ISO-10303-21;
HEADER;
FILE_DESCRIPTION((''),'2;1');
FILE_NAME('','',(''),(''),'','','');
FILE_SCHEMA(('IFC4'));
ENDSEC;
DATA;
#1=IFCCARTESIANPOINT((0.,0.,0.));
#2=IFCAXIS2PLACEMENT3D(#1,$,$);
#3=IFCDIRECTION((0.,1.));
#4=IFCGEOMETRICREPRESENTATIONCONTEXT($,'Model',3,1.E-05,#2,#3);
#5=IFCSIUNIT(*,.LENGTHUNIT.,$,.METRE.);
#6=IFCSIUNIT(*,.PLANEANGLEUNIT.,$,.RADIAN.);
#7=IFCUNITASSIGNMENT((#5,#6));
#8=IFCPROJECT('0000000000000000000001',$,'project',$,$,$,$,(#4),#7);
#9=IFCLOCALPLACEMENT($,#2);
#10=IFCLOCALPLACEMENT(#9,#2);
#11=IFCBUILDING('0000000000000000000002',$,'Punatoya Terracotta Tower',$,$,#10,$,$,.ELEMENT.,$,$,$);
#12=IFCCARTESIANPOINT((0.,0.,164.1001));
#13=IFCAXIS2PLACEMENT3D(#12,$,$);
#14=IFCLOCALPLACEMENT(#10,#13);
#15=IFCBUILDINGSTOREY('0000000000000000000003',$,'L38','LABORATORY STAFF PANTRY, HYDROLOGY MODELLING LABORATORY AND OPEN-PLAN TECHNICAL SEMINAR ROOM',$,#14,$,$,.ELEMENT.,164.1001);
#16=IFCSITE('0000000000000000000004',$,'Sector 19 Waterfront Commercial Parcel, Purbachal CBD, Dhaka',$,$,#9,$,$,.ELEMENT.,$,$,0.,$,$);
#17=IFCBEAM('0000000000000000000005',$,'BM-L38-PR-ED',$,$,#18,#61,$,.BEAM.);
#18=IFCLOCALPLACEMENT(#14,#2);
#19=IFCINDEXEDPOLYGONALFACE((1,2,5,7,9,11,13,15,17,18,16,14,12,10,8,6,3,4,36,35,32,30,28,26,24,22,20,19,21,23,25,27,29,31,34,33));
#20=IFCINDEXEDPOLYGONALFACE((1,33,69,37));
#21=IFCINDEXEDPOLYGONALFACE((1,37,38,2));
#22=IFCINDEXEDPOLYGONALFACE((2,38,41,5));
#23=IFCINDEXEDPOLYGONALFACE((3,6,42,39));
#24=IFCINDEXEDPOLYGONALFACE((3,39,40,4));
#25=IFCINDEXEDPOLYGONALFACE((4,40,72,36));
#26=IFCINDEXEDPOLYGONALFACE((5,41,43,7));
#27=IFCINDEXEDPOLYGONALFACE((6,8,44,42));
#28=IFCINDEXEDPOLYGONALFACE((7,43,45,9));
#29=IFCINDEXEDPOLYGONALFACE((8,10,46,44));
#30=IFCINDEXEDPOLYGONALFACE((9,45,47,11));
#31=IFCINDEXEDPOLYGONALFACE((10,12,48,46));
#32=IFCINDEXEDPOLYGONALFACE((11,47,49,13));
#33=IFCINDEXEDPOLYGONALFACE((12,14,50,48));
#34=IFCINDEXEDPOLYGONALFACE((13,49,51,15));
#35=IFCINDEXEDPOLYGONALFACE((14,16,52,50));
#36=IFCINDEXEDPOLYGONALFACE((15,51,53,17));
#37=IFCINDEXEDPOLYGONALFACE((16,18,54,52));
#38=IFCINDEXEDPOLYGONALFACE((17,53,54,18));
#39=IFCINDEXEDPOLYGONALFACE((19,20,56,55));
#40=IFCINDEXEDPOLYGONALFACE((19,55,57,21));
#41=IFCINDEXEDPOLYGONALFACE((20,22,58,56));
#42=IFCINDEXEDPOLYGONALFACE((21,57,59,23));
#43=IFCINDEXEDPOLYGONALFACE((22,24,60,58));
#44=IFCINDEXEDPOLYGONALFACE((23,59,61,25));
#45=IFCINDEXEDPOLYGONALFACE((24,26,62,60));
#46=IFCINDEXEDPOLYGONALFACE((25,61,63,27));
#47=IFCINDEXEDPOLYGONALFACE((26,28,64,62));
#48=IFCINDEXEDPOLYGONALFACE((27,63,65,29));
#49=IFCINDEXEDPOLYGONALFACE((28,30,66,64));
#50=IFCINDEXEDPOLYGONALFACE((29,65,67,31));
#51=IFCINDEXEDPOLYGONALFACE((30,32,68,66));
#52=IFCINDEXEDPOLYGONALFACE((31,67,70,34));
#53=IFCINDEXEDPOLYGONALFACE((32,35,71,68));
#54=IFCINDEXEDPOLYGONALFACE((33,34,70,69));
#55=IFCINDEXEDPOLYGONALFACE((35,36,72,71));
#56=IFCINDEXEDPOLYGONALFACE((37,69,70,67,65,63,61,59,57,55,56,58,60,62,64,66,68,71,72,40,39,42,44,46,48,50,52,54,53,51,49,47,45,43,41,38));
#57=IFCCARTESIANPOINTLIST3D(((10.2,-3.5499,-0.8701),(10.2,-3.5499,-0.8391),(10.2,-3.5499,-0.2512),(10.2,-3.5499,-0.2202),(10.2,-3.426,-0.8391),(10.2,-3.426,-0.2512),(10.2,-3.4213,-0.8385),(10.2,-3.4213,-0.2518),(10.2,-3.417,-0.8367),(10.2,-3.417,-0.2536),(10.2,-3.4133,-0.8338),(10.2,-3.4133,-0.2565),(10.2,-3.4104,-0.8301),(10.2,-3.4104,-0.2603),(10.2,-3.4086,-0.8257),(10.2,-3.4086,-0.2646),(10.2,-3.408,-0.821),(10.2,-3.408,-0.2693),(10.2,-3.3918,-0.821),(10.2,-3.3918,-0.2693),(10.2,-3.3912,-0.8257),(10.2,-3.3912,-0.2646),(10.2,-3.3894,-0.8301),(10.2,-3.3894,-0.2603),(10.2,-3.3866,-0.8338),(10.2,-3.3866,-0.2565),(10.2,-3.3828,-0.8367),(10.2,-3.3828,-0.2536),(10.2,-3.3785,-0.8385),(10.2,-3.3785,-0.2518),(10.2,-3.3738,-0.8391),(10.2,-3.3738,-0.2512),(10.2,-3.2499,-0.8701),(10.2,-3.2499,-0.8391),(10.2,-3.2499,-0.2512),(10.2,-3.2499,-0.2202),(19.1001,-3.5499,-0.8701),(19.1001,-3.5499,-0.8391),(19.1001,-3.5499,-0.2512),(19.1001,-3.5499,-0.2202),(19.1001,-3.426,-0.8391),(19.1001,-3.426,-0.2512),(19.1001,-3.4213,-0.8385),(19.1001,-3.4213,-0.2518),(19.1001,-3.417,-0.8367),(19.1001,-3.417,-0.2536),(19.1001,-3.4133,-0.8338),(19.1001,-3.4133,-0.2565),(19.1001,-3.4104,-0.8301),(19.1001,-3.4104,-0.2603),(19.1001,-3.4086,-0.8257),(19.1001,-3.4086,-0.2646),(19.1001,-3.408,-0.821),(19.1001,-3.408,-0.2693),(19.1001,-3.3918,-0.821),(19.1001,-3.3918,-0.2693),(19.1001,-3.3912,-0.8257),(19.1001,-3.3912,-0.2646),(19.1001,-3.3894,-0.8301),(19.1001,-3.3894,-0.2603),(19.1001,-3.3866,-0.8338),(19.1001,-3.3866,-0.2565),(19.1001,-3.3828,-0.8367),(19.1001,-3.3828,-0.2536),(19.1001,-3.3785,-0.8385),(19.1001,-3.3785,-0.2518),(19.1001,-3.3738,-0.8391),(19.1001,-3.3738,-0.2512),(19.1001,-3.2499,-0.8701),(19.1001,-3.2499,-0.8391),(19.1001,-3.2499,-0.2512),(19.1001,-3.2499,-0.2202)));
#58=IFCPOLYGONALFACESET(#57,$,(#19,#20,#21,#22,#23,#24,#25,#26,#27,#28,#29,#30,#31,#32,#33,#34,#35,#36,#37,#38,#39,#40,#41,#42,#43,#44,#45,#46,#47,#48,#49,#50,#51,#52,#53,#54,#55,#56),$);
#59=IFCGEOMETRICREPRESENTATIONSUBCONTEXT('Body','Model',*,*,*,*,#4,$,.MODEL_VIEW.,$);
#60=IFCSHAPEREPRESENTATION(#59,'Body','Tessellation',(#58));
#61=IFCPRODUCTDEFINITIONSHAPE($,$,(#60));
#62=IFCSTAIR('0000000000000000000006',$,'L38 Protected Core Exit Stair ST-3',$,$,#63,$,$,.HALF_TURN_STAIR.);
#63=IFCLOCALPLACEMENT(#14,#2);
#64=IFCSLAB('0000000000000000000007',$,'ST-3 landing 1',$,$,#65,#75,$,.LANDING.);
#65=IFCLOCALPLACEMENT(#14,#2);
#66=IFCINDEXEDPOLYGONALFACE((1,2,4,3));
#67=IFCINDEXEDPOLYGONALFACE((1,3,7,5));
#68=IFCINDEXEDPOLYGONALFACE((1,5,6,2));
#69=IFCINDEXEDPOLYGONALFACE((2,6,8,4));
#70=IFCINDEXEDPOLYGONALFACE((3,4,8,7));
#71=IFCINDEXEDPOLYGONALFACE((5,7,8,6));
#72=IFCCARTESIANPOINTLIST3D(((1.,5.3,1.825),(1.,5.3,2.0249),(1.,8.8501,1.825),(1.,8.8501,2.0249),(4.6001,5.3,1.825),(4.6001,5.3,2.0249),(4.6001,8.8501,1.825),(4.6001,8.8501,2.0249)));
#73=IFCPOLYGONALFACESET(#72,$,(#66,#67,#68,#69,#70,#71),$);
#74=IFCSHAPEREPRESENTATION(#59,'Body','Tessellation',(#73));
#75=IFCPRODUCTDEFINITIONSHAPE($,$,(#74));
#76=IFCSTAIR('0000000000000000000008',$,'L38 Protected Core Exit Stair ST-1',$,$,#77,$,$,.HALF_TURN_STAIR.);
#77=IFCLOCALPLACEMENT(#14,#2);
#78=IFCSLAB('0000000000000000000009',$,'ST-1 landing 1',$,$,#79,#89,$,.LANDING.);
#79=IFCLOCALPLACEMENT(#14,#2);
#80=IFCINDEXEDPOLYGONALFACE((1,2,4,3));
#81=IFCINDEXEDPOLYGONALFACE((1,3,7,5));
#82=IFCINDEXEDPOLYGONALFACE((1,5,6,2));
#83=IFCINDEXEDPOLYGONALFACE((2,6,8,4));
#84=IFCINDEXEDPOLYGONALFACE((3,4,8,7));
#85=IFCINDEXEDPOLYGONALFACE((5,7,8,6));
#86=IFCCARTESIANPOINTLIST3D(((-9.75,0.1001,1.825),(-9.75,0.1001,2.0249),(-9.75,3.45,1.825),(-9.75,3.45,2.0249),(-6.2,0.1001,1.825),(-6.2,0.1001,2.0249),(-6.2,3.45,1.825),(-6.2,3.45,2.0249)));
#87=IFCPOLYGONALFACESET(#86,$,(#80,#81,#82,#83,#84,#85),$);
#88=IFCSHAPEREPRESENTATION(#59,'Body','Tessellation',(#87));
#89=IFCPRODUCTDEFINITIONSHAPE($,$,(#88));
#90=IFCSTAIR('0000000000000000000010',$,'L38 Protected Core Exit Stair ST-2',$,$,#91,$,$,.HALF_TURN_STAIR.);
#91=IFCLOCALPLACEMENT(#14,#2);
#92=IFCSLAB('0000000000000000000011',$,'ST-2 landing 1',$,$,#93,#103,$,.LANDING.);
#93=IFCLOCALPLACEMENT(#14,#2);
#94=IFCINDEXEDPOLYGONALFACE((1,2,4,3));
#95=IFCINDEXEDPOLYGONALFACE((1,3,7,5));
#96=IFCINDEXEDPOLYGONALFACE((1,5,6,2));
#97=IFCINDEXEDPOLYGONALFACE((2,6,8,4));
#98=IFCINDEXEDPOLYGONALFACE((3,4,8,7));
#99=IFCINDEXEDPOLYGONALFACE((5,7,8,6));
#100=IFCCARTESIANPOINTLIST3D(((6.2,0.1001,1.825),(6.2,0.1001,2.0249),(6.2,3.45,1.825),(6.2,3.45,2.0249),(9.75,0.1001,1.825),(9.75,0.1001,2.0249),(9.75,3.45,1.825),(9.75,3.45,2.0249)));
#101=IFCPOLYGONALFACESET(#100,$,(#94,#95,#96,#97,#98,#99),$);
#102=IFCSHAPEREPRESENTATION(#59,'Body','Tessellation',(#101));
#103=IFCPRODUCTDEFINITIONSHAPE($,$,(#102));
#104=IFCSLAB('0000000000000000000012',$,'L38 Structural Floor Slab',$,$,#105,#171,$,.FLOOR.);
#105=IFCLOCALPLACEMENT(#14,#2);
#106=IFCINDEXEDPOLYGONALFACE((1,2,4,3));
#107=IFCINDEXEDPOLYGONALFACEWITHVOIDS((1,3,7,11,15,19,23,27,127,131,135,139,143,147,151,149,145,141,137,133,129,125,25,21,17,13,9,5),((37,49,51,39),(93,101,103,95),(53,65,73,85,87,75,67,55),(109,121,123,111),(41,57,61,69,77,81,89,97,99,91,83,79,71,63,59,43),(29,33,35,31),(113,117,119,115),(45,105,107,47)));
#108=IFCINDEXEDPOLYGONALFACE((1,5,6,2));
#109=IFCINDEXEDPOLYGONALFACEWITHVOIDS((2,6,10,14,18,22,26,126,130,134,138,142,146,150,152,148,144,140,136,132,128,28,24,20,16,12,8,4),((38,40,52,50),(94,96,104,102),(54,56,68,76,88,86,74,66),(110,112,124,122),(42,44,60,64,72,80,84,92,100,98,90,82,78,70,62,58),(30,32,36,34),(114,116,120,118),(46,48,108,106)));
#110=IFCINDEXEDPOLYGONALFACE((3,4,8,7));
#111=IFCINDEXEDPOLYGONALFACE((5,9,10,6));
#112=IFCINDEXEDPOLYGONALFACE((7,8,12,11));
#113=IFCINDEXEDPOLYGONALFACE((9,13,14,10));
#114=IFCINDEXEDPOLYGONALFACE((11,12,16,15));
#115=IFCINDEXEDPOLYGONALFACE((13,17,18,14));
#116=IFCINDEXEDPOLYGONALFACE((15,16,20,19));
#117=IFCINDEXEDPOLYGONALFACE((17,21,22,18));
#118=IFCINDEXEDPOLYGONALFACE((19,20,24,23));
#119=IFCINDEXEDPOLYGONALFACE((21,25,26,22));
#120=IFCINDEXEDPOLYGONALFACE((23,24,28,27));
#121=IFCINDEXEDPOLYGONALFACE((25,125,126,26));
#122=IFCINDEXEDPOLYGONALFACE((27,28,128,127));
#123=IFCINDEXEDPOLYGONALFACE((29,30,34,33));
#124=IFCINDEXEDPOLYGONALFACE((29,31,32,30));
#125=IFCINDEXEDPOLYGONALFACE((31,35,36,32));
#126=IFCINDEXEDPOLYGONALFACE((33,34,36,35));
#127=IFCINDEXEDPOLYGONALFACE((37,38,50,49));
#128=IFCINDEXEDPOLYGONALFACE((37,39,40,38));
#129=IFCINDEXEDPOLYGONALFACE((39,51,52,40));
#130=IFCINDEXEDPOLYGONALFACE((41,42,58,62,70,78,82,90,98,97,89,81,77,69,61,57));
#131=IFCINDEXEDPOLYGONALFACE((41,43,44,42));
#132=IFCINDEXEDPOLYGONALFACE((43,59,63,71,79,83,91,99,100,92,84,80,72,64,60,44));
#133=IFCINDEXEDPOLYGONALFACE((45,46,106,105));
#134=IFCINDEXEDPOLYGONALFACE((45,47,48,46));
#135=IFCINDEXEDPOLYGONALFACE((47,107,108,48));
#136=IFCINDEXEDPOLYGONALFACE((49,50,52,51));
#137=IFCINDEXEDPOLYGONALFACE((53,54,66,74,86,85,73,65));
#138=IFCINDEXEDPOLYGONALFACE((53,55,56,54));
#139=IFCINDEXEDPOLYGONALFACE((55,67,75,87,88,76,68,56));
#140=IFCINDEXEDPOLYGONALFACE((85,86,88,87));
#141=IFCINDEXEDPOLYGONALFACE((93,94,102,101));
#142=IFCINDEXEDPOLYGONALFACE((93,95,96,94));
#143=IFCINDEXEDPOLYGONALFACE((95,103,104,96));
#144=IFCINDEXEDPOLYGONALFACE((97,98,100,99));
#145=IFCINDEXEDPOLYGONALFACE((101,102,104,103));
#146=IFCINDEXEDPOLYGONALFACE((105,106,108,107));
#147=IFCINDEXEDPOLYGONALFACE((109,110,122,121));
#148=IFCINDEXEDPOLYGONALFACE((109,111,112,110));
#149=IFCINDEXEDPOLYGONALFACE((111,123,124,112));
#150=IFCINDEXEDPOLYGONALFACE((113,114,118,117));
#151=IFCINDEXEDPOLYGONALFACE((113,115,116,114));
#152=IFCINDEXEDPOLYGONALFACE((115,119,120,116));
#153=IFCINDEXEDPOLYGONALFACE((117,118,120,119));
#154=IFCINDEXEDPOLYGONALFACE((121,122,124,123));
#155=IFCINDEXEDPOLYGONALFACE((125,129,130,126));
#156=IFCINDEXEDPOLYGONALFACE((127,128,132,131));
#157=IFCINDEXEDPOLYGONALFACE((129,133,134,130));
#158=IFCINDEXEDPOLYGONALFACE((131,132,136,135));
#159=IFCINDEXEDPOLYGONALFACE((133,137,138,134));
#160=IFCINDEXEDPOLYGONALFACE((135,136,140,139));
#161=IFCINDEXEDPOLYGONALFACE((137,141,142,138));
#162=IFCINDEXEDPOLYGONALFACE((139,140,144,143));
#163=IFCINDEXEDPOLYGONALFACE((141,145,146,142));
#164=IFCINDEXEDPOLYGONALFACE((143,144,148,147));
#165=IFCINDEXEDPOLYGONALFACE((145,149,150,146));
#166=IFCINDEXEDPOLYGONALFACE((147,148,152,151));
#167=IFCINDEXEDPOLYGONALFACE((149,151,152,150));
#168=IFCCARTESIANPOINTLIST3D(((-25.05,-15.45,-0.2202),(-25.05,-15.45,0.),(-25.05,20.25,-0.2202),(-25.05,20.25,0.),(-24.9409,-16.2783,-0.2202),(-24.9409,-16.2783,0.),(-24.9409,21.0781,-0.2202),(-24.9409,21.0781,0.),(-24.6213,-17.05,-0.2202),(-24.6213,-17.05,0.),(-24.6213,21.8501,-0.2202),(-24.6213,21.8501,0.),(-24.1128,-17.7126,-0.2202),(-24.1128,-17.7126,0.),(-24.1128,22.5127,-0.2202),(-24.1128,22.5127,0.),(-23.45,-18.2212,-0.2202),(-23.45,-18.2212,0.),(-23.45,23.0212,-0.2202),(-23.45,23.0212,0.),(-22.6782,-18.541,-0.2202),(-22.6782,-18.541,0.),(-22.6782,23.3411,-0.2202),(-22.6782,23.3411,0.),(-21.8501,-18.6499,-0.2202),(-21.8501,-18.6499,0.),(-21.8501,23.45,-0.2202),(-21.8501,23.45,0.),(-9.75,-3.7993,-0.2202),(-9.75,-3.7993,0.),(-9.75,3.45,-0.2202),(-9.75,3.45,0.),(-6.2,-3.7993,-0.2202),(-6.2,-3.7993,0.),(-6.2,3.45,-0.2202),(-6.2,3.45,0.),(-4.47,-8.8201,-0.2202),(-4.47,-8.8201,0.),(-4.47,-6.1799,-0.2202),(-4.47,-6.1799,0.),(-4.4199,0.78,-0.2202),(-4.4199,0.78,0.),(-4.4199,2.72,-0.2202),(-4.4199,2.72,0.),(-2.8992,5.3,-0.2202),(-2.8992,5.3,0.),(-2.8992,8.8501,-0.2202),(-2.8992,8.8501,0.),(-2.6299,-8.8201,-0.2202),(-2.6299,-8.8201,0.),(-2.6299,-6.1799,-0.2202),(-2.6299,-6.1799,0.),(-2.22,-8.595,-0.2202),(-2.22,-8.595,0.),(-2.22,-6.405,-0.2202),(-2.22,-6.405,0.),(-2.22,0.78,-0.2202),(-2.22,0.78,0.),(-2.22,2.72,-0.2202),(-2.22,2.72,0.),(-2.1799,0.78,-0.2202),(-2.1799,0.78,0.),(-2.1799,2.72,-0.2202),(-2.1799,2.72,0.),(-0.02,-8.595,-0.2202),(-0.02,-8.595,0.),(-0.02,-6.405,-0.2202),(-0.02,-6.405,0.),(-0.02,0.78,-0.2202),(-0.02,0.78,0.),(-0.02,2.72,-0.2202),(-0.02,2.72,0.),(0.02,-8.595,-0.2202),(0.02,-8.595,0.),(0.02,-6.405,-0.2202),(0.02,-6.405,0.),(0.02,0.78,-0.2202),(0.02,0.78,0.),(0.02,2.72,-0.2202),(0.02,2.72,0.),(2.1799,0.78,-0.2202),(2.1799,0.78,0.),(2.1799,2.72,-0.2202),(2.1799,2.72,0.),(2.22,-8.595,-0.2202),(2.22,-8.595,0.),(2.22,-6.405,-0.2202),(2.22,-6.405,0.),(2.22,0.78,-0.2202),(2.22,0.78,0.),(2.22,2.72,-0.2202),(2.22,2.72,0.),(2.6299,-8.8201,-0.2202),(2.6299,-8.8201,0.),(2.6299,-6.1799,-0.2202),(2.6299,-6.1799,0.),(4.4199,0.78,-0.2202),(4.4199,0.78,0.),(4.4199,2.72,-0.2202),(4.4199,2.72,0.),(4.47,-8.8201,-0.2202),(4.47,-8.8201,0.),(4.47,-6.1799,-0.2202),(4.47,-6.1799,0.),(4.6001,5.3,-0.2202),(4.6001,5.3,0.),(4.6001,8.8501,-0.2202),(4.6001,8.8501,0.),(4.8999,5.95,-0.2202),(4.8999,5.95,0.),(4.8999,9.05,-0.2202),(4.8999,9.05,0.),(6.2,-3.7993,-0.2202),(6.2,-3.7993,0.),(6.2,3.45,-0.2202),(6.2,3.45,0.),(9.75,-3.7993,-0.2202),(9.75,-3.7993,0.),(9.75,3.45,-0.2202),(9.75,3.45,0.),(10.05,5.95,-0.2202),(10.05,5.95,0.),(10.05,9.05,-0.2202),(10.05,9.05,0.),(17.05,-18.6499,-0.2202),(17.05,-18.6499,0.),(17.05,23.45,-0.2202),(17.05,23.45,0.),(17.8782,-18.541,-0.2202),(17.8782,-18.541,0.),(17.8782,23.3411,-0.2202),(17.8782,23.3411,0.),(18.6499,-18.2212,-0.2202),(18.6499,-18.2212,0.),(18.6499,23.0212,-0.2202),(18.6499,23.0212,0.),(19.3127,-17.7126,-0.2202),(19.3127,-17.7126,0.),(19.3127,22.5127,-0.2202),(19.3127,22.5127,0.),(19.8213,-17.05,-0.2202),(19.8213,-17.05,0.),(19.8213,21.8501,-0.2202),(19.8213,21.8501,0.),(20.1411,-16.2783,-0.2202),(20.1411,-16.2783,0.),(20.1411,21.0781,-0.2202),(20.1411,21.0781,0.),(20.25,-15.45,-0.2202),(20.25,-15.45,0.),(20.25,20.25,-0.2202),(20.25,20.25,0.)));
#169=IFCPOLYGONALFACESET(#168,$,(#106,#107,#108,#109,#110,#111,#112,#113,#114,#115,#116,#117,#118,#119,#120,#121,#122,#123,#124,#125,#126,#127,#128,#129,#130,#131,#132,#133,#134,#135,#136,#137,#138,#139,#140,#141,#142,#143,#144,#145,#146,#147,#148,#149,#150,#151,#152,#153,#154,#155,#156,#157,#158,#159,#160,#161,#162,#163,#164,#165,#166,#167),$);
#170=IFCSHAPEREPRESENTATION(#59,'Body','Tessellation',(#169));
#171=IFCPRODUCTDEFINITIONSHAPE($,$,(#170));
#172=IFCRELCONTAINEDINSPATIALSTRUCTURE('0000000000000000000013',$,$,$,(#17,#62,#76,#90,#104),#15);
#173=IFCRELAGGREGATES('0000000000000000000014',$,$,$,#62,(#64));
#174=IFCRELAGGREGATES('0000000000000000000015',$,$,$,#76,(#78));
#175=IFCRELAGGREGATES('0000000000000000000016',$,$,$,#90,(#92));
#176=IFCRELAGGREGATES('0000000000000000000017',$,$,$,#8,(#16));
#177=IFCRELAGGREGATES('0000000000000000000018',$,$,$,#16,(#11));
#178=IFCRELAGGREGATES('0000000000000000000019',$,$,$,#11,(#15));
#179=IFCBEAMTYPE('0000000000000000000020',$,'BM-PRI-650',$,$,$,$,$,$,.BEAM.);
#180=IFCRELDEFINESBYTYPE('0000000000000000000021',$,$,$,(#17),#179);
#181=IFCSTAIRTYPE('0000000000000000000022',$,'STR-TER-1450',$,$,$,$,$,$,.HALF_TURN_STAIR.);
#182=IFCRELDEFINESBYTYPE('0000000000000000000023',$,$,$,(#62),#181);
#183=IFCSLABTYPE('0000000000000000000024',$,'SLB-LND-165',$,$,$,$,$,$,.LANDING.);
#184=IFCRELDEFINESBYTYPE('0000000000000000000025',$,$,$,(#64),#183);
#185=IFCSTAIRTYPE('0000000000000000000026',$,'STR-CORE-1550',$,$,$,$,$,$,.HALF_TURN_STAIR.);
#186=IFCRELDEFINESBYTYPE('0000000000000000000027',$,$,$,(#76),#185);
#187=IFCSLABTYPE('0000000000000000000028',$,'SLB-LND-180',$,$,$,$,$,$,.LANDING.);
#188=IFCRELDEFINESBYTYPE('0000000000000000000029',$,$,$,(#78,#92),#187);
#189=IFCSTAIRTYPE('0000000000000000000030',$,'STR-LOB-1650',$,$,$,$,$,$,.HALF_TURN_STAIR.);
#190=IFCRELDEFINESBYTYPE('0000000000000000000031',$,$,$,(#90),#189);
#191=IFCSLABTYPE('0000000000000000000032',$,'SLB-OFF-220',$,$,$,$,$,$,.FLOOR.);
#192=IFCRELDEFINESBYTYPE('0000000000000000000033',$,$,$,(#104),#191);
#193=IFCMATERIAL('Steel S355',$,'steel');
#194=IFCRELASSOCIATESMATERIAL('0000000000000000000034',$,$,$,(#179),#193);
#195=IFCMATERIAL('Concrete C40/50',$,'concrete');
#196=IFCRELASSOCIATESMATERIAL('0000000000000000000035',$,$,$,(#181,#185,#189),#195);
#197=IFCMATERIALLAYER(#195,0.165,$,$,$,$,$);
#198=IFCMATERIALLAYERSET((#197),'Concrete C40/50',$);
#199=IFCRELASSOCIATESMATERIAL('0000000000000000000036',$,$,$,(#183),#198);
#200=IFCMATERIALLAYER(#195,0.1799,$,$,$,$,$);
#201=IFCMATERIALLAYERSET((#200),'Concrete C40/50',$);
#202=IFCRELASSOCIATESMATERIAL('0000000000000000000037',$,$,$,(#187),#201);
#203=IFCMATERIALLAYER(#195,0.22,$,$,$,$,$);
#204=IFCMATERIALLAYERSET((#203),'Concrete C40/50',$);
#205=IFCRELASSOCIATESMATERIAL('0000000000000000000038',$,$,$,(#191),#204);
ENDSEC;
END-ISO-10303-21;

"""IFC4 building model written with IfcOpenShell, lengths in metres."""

from ifc_helpers import new_model, si_unit, direction, frame, origin, origin_2d, place, context, subcontext, project, spatial, polyline, i_section, outline, extrude, material, layer, layer_set, material_profile, profile_set, type_object, element, aggregate, save


model = new_model("IFC4")

# Units and contexts
model_context = context("Model", 3, precision=1e-05, world=origin(), true_north=direction((0.0, 1.0)))
body_context = subcontext(model_context, "Body", "Model", "MODEL_VIEW")
ifc_project = project(units=[si_unit("LENGTHUNIT", "METRE"), si_unit("PLANEANGLEUNIT", "RADIAN")], contexts=[model_context])

# Site, building, storey
site_placement = place(None, origin())
site = spatial("IfcSite", under=ifc_project, at=site_placement, Name="Sector 19 Waterfront Commercial Parcel, Purbachal CBD, Dhaka", CompositionType="ELEMENT", RefElevation=0.0)
building_placement = place(site_placement, origin())
building = spatial("IfcBuilding", under=site, at=building_placement, Name="Punatoya Terracotta Tower", CompositionType="ELEMENT")
storey_placement = place(building_placement, frame((0.0, 0.0, 164.1001)))
storey = spatial("IfcBuildingStorey", under=building, at=storey_placement, Name="L38", Description="LABORATORY STAFF PANTRY, HYDROLOGY MODELLING LABORATORY AND OPEN-PLAN TECHNICAL SEMINAR ROOM", CompositionType="ELEMENT", Elevation=164.1001)

# Beam
ifc_material_1 = material(Name="Steel S355", Category="steel")
ifc_material_profile = material_profile(ifc_material_1, i_section(OverallWidth=0.3, OverallDepth=0.6499, WebThickness=0.0161, FlangeThickness=0.031, FilletRadius=0.0181, at=origin_2d()))
ifc_profile_set = profile_set([ifc_material_profile], Name="Steel S355")
beam_type = type_object("IfcBeamType", Name="BM-PRI-650", PredefinedType="BEAM", material=ifc_profile_set)
beam_placement = place(storey_placement, frame((10.2, -3.3999, -0.5452), z_axis=(1.0, 0.0, 0.0), x_axis=(0.0, 1.0, 0.0)))
element("IfcBeam", 1, at=beam_placement, inside=storey, type_object=beam_type, Name="BM-L38-PR-ED", PredefinedType="BEAM", context=body_context, shape_type="SweptSolid", body=[
    extrude(i_section(OverallWidth=0.3, OverallDepth=0.6499, WebThickness=0.0161, FlangeThickness=0.031, FilletRadius=0.0181, at=origin_2d()), origin(), (0.0, 0.0, 1.0), 8.9001),
])

# Stairs, slabs
ifc_material_2 = material(Name="Concrete C40/50", Category="concrete")
stair_type_1 = type_object("IfcStairType", Name="STR-TER-1450", PredefinedType="HALF_TURN_STAIR", material=ifc_material_2)
stair_1_placement = place(storey_placement, origin())
stair_1 = element("IfcStair", 2, at=stair_1_placement, inside=storey, type_object=stair_type_1, Name="L38 Protected Core Exit Stair ST-3", PredefinedType="HALF_TURN_STAIR")
ifc_layer_1 = layer(ifc_material_2, 0.165)
ifc_layer_set_1 = layer_set([ifc_layer_1], Name="Concrete C40/50")
slab_type_1 = type_object("IfcSlabType", Name="SLB-LND-165", PredefinedType="LANDING", material=ifc_layer_set_1)
slab_1_placement = place(storey_placement, frame((0.0, 0.0, 1.825)))
slab_1 = element("IfcSlab", 3, at=slab_1_placement, type_object=slab_type_1, Name="ST-3 landing 1", PredefinedType="LANDING", context=body_context, shape_type="SweptSolid", body=[
    extrude(outline(polyline([(1.0, 5.3), (4.6001, 5.3), (4.6001, 8.8501), (1.0, 8.8501), (1.0, 5.3)])), origin(), (0.0, 0.0, 1.0), 0.2),
])
aggregate(stair_1, [slab_1])
stair_type_2 = type_object("IfcStairType", Name="STR-CORE-1550", PredefinedType="HALF_TURN_STAIR", material=ifc_material_2)
stair_2_placement = place(storey_placement, origin())
stair_2 = element("IfcStair", 4, at=stair_2_placement, inside=storey, type_object=stair_type_2, Name="L38 Protected Core Exit Stair ST-1", PredefinedType="HALF_TURN_STAIR")
ifc_layer_2 = layer(ifc_material_2, 0.1799)
ifc_layer_set_2 = layer_set([ifc_layer_2], Name="Concrete C40/50")
slab_type_2 = type_object("IfcSlabType", Name="SLB-LND-180", PredefinedType="LANDING", material=ifc_layer_set_2)
slab_2_placement = place(storey_placement, frame((0.0, 0.0, 1.825)))
slab_2 = element("IfcSlab", 5, at=slab_2_placement, type_object=slab_type_2, Name="ST-1 landing 1", PredefinedType="LANDING", context=body_context, shape_type="SweptSolid", body=[
    extrude(outline(polyline([(-6.2, 0.1001), (-6.2, 3.45), (-9.75, 3.45), (-9.75, 0.1001), (-6.2, 0.1001)])), origin(), (0.0, 0.0, 1.0), 0.2),
])
aggregate(stair_2, [slab_2])
stair_type_3 = type_object("IfcStairType", Name="STR-LOB-1650", PredefinedType="HALF_TURN_STAIR", material=ifc_material_2)
stair_3_placement = place(storey_placement, origin())
stair_3 = element("IfcStair", 6, at=stair_3_placement, inside=storey, type_object=stair_type_3, Name="L38 Protected Core Exit Stair ST-2", PredefinedType="HALF_TURN_STAIR")
slab_3_placement = place(storey_placement, frame((0.0, 0.0, 1.825)))
slab_3 = element("IfcSlab", 7, at=slab_3_placement, type_object=slab_type_2, Name="ST-2 landing 1", PredefinedType="LANDING", context=body_context, shape_type="SweptSolid", body=[
    extrude(outline(polyline([(9.75, 0.1001), (9.75, 3.45), (6.2, 3.45), (6.2, 0.1001), (9.75, 0.1001)])), origin(), (0.0, 0.0, 1.0), 0.2),
])

# Slab
ifc_layer_3 = layer(ifc_material_2, 0.22)
ifc_layer_set_3 = layer_set([ifc_layer_3], Name="Concrete C40/50")
slab_type_3 = type_object("IfcSlabType", Name="SLB-OFF-220", PredefinedType="FLOOR", material=ifc_layer_set_3)
slab_4_placement = place(storey_placement, frame((0.0, 0.0, -0.2202)))
element("IfcSlab", 8, at=slab_4_placement, inside=storey, type_object=slab_type_3, Name="L38 Structural Floor Slab", PredefinedType="FLOOR", context=body_context, shape_type="SweptSolid", body=[
    extrude(outline(polyline([(-21.8501, -18.6499), (-22.6782, -18.541), (-23.45, -18.2212), (-24.1128, -17.7126), (-24.6213, -17.05), (-24.9409, -16.2783), (-25.05, -15.45), (-25.05, 20.25), (-24.9409, 21.0781), (-24.6213, 21.8501), (-24.1128, 22.5127), (-23.45, 23.0212), (-22.6782, 23.3411), (-21.8501, 23.45), (17.05, 23.45), (17.8782, 23.3411), (18.6499, 23.0212), (19.3127, 22.5127), (19.8213, 21.8501), (20.1411, 21.0781), (20.25, 20.25), (20.25, -15.45), (20.1411, -16.2783), (19.8213, -17.05), (19.3127, -17.7126), (18.6499, -18.2212), (17.8782, -18.541), (17.05, -18.6499), (-21.8501, -18.6499)]), holes=[polyline([(-2.6299, -6.1799), (-4.47, -6.1799), (-4.47, -8.8201), (-2.6299, -8.8201), (-2.6299, -6.1799)]), polyline([(0.02, -8.595), (2.22, -8.595), (2.22, -6.405), (0.02, -6.405), (-0.02, -6.405), (-2.22, -6.405), (-2.22, -8.595), (-0.02, -8.595), (0.02, -8.595)]), polyline([(-6.2, 3.45), (-9.75, 3.45), (-9.75, -3.7993), (-6.2, -3.7993), (-6.2, 3.45)]), polyline([(-4.4199, 2.72), (-4.4199, 0.78), (-2.22, 0.78), (-2.1799, 0.78), (-0.02, 0.78), (0.02, 0.78), (2.1799, 0.78), (2.22, 0.78), (4.4199, 0.78), (4.4199, 2.72), (2.22, 2.72), (2.1799, 2.72), (0.02, 2.72), (-0.02, 2.72), (-2.1799, 2.72), (-2.22, 2.72), (-4.4199, 2.72)]), polyline([(4.6001, 5.3), (4.6001, 8.8501), (-2.8992, 8.8501), (-2.8992, 5.3), (4.6001, 5.3)]), polyline([(4.47, -8.8201), (4.47, -6.1799), (2.6299, -6.1799), (2.6299, -8.8201), (4.47, -8.8201)]), polyline([(9.75, 3.45), (6.2, 3.45), (6.2, -3.7993), (9.75, -3.7993), (9.75, 3.45)]), polyline([(10.05, 5.95), (10.05, 9.05), (4.8999, 9.05), (4.8999, 5.95), (10.05, 5.95)])]), origin(), (0.0, 0.0, 1.0), 0.2202),
])

aggregate(stair_3, [slab_3])

save(model, "model.ifc")
